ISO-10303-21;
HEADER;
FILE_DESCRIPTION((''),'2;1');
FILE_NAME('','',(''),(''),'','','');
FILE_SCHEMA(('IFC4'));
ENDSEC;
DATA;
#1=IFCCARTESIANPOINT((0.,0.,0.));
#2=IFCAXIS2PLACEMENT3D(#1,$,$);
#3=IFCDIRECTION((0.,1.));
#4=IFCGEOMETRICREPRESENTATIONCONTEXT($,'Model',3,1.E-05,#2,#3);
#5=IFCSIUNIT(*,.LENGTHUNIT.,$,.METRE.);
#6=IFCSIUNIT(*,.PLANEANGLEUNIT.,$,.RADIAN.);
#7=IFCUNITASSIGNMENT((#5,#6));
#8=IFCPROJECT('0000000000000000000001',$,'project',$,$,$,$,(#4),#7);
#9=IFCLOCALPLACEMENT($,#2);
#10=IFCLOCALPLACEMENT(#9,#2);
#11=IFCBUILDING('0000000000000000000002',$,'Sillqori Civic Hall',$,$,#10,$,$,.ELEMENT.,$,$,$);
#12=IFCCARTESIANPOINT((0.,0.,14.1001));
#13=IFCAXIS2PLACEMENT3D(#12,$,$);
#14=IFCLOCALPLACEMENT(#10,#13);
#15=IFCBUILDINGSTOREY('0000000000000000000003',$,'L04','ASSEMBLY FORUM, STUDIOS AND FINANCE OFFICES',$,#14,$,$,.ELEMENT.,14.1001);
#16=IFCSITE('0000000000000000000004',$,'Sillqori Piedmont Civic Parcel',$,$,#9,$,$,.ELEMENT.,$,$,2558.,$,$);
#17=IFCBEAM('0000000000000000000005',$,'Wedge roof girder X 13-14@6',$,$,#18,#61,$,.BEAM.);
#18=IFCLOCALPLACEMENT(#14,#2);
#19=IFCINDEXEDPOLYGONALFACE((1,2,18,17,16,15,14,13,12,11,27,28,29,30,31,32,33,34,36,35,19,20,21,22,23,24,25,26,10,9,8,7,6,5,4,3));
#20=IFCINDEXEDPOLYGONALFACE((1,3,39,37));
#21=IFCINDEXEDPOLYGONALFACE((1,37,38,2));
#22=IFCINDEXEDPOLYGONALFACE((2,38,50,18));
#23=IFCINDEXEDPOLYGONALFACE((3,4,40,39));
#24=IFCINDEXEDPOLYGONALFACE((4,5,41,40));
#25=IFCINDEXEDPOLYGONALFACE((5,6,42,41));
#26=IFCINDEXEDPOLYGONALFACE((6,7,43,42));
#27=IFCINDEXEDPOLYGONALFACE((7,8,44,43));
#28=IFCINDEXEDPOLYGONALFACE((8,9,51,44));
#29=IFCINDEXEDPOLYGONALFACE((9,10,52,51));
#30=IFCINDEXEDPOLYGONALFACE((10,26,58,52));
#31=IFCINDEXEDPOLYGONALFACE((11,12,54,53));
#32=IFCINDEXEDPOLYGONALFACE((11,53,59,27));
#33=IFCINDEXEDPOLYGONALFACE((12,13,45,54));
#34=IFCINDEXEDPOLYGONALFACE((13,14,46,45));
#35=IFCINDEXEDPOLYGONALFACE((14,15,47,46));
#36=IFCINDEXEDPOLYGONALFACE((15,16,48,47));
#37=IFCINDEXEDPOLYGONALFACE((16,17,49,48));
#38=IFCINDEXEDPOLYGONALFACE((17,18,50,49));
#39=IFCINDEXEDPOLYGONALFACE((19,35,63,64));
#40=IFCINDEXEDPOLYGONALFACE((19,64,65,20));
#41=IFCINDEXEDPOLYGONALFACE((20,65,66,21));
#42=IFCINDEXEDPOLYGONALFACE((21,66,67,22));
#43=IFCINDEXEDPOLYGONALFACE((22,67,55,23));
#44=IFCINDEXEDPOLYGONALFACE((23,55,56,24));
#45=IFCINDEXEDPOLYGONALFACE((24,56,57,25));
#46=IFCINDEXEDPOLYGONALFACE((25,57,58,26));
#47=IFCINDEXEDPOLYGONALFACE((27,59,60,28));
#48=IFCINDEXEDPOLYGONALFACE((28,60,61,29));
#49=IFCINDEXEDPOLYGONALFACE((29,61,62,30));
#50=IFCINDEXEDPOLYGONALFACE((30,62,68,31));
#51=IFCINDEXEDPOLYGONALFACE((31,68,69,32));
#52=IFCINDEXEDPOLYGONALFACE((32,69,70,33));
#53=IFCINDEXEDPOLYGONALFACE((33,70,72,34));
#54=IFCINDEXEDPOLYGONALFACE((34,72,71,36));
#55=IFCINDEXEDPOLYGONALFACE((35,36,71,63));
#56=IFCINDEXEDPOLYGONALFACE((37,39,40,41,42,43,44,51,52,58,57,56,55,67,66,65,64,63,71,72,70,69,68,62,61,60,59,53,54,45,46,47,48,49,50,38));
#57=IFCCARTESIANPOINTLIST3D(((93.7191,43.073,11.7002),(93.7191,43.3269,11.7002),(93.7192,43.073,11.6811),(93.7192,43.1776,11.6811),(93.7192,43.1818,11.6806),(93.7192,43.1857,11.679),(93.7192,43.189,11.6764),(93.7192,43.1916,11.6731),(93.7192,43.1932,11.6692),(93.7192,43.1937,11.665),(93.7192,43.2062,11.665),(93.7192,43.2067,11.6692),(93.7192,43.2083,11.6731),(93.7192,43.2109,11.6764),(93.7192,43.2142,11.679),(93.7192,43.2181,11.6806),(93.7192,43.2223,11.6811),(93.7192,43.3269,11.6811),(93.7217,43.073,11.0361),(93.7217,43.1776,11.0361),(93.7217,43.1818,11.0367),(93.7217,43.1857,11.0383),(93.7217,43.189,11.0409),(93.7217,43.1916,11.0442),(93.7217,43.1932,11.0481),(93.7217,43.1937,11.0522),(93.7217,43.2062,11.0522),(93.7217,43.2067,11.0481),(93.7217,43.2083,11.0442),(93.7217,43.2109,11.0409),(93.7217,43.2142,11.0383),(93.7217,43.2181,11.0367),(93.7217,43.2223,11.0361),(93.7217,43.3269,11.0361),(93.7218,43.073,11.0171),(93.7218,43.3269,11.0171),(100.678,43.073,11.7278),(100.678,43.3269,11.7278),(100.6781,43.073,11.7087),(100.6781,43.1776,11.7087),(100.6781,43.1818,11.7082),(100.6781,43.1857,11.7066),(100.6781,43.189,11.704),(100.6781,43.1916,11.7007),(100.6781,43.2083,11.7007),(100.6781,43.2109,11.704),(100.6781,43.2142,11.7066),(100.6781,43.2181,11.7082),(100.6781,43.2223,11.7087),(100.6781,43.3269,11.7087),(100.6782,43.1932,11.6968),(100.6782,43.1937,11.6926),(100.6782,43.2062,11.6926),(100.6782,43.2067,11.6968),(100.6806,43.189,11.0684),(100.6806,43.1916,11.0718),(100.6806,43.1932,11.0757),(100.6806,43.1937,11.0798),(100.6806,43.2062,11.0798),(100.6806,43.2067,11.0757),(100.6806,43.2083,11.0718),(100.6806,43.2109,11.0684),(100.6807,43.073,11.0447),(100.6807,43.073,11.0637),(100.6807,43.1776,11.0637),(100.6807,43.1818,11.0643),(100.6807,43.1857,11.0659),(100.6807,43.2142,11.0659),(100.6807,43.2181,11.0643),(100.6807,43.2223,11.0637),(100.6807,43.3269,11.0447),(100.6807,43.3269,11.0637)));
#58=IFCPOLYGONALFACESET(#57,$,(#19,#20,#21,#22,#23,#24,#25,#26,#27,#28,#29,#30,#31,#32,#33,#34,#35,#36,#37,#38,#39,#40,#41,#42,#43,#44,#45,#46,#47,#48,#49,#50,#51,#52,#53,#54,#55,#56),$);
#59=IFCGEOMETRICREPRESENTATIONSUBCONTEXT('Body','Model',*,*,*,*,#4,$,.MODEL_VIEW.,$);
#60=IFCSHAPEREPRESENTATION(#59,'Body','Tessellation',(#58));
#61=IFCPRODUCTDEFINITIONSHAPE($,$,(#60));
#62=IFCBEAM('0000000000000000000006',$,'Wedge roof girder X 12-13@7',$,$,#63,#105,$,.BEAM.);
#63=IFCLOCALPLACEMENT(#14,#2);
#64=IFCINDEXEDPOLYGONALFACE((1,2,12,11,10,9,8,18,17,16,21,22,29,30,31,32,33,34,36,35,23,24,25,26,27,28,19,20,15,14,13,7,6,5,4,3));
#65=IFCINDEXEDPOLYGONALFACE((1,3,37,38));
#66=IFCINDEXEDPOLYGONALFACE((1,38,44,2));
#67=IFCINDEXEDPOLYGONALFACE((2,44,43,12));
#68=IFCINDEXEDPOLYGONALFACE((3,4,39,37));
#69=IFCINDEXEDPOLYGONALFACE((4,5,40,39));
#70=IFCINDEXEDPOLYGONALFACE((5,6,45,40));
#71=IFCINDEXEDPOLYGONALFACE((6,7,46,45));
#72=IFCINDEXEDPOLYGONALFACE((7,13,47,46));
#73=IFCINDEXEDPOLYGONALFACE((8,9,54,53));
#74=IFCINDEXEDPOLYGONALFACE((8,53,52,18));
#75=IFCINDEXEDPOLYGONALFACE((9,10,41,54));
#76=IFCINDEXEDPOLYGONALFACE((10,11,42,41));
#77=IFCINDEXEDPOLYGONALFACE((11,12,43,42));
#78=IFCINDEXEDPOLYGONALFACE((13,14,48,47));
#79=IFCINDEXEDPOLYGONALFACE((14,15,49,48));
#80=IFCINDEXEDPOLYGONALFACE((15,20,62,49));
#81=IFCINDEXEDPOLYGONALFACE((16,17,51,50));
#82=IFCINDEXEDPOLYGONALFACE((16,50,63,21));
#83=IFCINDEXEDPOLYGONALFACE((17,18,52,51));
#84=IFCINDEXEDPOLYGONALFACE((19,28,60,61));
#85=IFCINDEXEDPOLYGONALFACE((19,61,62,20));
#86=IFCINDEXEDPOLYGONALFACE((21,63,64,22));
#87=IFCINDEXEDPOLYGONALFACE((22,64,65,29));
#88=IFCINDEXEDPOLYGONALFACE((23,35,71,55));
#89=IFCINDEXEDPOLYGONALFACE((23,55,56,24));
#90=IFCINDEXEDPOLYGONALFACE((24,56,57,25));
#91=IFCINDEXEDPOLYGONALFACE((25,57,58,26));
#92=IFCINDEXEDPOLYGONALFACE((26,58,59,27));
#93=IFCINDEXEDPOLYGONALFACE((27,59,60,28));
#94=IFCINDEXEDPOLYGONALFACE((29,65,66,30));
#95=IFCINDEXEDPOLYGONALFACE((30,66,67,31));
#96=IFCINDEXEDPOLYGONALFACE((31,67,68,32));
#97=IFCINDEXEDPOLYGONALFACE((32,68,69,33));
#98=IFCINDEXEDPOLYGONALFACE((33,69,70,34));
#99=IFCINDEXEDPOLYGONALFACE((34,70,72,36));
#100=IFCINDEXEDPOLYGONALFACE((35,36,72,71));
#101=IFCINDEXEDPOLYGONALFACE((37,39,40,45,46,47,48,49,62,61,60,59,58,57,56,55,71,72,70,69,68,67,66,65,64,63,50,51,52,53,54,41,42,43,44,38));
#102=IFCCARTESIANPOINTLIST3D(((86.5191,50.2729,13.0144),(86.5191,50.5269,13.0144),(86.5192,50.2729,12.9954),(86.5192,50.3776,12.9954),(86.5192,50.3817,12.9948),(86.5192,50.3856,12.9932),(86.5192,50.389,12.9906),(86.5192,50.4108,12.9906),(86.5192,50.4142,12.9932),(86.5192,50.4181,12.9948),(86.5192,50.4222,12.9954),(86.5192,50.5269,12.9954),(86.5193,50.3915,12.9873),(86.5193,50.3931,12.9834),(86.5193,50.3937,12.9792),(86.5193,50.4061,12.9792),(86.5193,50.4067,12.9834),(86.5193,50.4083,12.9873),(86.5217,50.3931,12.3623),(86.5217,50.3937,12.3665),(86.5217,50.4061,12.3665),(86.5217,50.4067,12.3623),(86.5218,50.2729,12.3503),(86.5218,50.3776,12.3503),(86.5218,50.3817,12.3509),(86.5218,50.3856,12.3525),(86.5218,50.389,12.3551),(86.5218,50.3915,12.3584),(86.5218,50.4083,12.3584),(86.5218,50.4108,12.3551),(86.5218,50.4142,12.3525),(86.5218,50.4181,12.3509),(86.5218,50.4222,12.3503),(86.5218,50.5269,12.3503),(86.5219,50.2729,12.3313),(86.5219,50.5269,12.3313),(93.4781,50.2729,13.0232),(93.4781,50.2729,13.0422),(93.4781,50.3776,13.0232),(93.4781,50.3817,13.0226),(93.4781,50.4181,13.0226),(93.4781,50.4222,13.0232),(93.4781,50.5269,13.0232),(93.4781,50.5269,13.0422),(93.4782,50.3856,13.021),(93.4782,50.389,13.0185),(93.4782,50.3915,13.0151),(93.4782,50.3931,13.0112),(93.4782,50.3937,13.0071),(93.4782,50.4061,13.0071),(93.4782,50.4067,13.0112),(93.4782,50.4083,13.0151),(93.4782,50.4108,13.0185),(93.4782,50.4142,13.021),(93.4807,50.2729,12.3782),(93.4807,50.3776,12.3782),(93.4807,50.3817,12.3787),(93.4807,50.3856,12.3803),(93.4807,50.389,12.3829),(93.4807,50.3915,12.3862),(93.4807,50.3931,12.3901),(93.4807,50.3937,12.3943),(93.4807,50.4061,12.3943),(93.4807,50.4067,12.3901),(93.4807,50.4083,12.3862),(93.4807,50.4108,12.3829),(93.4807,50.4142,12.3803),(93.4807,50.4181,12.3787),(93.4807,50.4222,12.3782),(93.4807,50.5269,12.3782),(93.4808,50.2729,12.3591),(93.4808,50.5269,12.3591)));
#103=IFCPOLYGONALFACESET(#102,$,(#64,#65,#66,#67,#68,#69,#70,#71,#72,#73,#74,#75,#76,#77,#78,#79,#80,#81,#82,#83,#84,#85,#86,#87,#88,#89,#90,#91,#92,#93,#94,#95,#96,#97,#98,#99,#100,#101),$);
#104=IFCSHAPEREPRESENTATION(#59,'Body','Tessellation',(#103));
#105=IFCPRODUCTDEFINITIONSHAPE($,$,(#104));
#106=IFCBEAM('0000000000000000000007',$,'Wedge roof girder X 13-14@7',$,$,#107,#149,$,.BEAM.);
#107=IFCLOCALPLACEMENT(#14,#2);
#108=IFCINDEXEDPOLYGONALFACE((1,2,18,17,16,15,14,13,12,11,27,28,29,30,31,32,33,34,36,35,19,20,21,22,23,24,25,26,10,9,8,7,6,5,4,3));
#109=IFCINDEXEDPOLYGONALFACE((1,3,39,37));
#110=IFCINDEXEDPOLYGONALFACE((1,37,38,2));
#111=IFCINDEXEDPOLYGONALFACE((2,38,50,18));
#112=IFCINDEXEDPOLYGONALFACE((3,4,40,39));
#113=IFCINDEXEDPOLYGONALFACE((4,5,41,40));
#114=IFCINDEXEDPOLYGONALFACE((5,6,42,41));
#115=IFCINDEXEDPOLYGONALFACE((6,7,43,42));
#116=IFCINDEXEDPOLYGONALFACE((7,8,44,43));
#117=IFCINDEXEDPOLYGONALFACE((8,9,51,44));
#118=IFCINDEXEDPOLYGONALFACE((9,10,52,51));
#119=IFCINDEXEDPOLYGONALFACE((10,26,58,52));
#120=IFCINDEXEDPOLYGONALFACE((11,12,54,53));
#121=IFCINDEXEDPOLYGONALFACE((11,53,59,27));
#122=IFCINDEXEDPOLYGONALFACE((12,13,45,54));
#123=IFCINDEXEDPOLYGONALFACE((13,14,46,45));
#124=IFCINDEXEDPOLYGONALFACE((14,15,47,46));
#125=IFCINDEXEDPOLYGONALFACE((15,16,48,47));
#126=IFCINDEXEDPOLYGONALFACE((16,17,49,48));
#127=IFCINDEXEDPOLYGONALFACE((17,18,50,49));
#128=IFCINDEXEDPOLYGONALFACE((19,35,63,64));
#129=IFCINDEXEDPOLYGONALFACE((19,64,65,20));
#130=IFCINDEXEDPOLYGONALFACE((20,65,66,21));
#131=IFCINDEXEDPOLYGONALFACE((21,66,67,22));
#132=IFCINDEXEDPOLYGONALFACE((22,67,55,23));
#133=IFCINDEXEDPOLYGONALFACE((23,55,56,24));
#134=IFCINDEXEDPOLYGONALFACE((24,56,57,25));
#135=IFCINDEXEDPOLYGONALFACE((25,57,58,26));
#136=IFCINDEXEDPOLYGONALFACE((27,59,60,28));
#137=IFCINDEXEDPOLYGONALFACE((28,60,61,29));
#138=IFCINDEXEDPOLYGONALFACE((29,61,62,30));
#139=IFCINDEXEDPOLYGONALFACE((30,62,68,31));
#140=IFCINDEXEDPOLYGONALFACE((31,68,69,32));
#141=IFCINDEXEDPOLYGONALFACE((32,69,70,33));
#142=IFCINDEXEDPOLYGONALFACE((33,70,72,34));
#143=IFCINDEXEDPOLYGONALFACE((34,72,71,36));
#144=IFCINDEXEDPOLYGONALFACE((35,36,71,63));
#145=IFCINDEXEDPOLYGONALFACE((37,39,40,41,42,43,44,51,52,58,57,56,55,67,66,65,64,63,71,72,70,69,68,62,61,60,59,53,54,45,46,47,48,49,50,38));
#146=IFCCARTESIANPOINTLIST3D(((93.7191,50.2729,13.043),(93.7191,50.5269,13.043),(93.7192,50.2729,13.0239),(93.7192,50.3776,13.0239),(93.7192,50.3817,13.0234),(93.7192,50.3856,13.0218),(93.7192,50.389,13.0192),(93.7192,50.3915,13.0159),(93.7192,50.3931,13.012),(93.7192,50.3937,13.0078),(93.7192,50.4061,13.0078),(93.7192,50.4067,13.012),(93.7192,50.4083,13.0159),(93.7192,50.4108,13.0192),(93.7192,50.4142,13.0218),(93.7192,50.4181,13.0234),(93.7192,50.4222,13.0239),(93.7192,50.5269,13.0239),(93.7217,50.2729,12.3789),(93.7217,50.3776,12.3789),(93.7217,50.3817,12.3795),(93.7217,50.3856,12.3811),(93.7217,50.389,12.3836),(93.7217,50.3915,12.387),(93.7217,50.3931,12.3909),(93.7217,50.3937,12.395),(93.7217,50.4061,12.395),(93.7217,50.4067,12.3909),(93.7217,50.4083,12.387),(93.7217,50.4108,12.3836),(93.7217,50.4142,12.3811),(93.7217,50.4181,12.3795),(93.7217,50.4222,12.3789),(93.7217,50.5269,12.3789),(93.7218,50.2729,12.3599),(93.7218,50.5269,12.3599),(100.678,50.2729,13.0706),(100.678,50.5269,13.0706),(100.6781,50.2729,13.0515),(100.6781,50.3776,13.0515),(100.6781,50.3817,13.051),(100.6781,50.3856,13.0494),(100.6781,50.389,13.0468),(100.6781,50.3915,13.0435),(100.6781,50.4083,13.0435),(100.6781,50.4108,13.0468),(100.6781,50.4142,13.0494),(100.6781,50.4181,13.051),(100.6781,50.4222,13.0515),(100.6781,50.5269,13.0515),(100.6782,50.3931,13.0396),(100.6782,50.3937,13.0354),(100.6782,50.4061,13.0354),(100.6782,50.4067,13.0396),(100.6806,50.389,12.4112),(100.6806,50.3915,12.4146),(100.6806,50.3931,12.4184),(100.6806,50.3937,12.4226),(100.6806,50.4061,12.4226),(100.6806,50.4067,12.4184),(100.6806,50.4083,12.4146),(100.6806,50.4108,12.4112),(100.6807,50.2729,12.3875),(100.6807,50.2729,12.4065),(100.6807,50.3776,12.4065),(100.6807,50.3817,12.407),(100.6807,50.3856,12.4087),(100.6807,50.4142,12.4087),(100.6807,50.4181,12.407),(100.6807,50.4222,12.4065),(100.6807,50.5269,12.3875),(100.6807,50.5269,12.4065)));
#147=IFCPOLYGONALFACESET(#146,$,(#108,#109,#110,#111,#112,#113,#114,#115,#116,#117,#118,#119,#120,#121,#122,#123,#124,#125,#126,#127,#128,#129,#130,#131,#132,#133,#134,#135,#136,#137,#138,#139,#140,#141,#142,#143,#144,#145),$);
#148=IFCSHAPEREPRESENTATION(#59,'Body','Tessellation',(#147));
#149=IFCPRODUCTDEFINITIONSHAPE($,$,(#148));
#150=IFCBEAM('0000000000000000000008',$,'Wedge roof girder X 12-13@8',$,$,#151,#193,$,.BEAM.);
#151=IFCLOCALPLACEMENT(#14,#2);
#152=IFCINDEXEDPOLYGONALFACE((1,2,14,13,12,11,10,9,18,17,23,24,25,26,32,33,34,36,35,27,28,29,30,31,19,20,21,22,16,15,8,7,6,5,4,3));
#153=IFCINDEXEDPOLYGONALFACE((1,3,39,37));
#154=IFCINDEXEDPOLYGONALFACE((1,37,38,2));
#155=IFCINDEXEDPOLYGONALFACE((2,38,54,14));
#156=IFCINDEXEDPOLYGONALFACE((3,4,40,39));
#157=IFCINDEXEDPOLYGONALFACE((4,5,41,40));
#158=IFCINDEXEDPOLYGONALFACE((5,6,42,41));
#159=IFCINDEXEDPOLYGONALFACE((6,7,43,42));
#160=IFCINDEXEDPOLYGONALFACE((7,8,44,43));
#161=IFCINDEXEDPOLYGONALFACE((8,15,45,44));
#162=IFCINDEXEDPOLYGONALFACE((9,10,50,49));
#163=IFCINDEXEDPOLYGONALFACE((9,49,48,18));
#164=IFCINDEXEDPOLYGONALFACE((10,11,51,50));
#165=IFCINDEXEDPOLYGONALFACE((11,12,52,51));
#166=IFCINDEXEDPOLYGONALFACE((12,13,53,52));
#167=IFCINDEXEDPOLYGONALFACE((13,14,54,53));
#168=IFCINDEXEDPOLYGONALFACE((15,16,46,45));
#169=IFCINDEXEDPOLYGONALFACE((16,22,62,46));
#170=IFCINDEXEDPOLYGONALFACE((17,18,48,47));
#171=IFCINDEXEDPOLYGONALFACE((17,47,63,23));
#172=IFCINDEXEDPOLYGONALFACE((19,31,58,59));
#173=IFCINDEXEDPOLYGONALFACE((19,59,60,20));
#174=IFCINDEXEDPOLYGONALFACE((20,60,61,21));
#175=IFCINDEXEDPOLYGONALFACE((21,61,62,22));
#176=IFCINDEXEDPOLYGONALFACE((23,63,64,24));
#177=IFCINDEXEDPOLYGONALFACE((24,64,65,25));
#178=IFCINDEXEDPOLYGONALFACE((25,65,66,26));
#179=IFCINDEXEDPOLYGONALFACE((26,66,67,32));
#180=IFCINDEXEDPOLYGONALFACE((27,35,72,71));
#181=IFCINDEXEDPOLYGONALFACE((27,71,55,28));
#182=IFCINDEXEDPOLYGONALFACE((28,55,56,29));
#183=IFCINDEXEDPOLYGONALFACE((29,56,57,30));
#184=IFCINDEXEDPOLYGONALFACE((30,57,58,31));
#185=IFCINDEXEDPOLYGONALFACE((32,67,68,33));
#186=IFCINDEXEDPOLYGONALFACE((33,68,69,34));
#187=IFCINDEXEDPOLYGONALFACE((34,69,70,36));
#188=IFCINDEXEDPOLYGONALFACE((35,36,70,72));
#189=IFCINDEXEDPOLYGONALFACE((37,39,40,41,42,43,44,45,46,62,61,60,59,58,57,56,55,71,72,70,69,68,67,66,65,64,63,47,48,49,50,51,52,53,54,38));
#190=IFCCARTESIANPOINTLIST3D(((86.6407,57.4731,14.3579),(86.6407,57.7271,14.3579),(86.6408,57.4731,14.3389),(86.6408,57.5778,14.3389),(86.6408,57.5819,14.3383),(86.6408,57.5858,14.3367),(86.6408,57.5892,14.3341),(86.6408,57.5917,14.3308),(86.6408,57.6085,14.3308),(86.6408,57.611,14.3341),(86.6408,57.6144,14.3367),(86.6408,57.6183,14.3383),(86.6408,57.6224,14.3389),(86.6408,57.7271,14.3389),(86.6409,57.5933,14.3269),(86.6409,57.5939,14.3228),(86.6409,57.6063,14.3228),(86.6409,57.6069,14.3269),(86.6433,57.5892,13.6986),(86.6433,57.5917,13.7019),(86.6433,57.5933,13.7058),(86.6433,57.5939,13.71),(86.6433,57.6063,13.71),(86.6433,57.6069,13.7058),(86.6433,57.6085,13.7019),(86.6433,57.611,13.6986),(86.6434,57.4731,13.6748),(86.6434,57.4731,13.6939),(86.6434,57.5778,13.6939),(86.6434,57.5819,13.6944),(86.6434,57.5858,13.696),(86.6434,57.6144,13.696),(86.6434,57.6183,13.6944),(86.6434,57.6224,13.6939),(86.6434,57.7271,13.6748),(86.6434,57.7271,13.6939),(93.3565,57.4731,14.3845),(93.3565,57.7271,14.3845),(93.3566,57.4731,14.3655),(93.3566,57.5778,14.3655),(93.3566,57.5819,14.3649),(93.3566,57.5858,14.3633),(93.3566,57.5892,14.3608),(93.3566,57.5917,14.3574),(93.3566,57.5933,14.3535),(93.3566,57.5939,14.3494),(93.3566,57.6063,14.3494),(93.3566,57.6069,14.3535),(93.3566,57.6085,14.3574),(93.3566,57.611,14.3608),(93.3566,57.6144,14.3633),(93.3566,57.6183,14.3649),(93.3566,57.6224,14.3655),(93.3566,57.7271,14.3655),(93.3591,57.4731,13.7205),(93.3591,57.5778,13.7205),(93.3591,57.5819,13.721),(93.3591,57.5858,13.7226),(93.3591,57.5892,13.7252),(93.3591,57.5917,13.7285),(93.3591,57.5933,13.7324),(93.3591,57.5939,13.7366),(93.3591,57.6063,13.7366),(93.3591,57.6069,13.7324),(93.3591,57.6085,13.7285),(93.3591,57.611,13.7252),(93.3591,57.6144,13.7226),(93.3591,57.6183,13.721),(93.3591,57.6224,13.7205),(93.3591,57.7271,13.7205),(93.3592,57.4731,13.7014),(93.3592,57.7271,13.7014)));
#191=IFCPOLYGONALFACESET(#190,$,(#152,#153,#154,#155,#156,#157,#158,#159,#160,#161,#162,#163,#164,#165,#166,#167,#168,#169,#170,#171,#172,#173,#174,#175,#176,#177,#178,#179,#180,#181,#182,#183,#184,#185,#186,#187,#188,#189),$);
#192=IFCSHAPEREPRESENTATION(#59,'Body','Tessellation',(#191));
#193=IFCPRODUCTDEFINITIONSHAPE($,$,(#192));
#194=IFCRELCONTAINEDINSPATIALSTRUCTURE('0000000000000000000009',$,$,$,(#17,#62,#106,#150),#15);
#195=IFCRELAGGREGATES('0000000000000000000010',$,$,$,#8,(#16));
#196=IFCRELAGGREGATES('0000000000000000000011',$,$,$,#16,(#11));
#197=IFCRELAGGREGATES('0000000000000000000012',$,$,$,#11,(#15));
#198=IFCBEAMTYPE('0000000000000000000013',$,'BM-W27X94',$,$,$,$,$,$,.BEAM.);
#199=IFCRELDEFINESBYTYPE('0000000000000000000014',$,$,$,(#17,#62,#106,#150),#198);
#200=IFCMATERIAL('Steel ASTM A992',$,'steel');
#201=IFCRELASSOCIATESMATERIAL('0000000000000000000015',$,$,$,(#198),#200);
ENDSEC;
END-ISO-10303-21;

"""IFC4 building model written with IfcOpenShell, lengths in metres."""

from ifc_helpers import new_model, si_unit, direction, frame, origin, origin_2d, place, context, subcontext, project, spatial, i_section, extrude, material, material_profile, profile_set, type_object, element, save


model = new_model("IFC4")

# Units and contexts
model_context = context("Model", 3, precision=1e-05, world=origin(), true_north=direction((0.0, 1.0)))
body_context = subcontext(model_context, "Body", "Model", "MODEL_VIEW")
ifc_project = project(units=[si_unit("LENGTHUNIT", "METRE"), si_unit("PLANEANGLEUNIT", "RADIAN")], contexts=[model_context])

# Site, building, storey
site_placement = place(None, origin())
site = spatial("IfcSite", under=ifc_project, at=site_placement, Name="Sillqori Piedmont Civic Parcel", CompositionType="ELEMENT", RefElevation=2558.0)
building_placement = place(site_placement, origin())
building = spatial("IfcBuilding", under=site, at=building_placement, Name="Sillqori Civic Hall", CompositionType="ELEMENT")
storey_placement = place(building_placement, frame((0.0, 0.0, 14.1001)))
storey = spatial("IfcBuildingStorey", under=building, at=storey_placement, Name="L04", Description="ASSEMBLY FORUM, STUDIOS AND FINANCE OFFICES", CompositionType="ELEMENT", Elevation=14.1001)

# Shared definitions
ifc_material_1 = material(Name="Steel ASTM A992", Category="steel")

# Beams
ifc_material_profile_1 = material_profile(ifc_material_1, i_section(OverallWidth=0.2539, OverallDepth=0.6831, WebThickness=0.0125, FlangeThickness=0.019, FilletRadius=0.0161, at=origin_2d()), Name="W27X94")
ifc_profile_set_1 = profile_set([ifc_material_profile_1], Name="Steel ASTM A992")
beam_type_1 = type_object("IfcBeamType", Name="BM-W27X94", PredefinedType="BEAM", material=ifc_profile_set_1)
for number, where, z_axis, x_axis, name in (
    (1, (93.7205, 43.2, 11.3586), (0.999992, 0.0, 0.003964), (0.0, 1.0, 0.0), "Wedge roof girder X 13-14@6"),
    (2, (86.5205, 50.3999, 12.6729), (0.999992, 0.0, 0.003999), (0.0, 1.0, 0.0), "Wedge roof girder X 12-13@7"),
    (3, (93.7205, 50.3999, 12.7014), (0.999992, 0.0, 0.003964), (0.0, 1.0, 0.0), "Wedge roof girder X 13-14@7"),
):
    element("IfcBeam", number, at=place(storey_placement, frame(where, z_axis=z_axis, x_axis=x_axis)), inside=storey, type_object=beam_type_1, Name=name, PredefinedType="BEAM", context=body_context, shape_type="SweptSolid", body=[
        extrude(i_section(OverallWidth=0.2539, OverallDepth=0.6831, WebThickness=0.0125, FlangeThickness=0.019, FilletRadius=0.0161, at=origin_2d()), origin(), (0.0, 0.0, 1.0), 6.959),
    ])
beam_1_placement = place(storey_placement, frame((86.6421, 57.6001, 14.0164), z_axis=(0.999992, 0.0, 0.003962), x_axis=(0.0, 1.0, 0.0)))
element("IfcBeam", 4, at=beam_1_placement, inside=storey, type_object=beam_type_1, Name="Wedge roof girder X 12-13@8", PredefinedType="BEAM", context=body_context, shape_type="SweptSolid", body=[
    extrude(i_section(OverallWidth=0.2539, OverallDepth=0.6831, WebThickness=0.0125, FlangeThickness=0.019, FilletRadius=0.0161, at=origin_2d()), origin(), (0.0, 0.0, 1.0), 6.7158),
])

save(model, "model.ifc")
